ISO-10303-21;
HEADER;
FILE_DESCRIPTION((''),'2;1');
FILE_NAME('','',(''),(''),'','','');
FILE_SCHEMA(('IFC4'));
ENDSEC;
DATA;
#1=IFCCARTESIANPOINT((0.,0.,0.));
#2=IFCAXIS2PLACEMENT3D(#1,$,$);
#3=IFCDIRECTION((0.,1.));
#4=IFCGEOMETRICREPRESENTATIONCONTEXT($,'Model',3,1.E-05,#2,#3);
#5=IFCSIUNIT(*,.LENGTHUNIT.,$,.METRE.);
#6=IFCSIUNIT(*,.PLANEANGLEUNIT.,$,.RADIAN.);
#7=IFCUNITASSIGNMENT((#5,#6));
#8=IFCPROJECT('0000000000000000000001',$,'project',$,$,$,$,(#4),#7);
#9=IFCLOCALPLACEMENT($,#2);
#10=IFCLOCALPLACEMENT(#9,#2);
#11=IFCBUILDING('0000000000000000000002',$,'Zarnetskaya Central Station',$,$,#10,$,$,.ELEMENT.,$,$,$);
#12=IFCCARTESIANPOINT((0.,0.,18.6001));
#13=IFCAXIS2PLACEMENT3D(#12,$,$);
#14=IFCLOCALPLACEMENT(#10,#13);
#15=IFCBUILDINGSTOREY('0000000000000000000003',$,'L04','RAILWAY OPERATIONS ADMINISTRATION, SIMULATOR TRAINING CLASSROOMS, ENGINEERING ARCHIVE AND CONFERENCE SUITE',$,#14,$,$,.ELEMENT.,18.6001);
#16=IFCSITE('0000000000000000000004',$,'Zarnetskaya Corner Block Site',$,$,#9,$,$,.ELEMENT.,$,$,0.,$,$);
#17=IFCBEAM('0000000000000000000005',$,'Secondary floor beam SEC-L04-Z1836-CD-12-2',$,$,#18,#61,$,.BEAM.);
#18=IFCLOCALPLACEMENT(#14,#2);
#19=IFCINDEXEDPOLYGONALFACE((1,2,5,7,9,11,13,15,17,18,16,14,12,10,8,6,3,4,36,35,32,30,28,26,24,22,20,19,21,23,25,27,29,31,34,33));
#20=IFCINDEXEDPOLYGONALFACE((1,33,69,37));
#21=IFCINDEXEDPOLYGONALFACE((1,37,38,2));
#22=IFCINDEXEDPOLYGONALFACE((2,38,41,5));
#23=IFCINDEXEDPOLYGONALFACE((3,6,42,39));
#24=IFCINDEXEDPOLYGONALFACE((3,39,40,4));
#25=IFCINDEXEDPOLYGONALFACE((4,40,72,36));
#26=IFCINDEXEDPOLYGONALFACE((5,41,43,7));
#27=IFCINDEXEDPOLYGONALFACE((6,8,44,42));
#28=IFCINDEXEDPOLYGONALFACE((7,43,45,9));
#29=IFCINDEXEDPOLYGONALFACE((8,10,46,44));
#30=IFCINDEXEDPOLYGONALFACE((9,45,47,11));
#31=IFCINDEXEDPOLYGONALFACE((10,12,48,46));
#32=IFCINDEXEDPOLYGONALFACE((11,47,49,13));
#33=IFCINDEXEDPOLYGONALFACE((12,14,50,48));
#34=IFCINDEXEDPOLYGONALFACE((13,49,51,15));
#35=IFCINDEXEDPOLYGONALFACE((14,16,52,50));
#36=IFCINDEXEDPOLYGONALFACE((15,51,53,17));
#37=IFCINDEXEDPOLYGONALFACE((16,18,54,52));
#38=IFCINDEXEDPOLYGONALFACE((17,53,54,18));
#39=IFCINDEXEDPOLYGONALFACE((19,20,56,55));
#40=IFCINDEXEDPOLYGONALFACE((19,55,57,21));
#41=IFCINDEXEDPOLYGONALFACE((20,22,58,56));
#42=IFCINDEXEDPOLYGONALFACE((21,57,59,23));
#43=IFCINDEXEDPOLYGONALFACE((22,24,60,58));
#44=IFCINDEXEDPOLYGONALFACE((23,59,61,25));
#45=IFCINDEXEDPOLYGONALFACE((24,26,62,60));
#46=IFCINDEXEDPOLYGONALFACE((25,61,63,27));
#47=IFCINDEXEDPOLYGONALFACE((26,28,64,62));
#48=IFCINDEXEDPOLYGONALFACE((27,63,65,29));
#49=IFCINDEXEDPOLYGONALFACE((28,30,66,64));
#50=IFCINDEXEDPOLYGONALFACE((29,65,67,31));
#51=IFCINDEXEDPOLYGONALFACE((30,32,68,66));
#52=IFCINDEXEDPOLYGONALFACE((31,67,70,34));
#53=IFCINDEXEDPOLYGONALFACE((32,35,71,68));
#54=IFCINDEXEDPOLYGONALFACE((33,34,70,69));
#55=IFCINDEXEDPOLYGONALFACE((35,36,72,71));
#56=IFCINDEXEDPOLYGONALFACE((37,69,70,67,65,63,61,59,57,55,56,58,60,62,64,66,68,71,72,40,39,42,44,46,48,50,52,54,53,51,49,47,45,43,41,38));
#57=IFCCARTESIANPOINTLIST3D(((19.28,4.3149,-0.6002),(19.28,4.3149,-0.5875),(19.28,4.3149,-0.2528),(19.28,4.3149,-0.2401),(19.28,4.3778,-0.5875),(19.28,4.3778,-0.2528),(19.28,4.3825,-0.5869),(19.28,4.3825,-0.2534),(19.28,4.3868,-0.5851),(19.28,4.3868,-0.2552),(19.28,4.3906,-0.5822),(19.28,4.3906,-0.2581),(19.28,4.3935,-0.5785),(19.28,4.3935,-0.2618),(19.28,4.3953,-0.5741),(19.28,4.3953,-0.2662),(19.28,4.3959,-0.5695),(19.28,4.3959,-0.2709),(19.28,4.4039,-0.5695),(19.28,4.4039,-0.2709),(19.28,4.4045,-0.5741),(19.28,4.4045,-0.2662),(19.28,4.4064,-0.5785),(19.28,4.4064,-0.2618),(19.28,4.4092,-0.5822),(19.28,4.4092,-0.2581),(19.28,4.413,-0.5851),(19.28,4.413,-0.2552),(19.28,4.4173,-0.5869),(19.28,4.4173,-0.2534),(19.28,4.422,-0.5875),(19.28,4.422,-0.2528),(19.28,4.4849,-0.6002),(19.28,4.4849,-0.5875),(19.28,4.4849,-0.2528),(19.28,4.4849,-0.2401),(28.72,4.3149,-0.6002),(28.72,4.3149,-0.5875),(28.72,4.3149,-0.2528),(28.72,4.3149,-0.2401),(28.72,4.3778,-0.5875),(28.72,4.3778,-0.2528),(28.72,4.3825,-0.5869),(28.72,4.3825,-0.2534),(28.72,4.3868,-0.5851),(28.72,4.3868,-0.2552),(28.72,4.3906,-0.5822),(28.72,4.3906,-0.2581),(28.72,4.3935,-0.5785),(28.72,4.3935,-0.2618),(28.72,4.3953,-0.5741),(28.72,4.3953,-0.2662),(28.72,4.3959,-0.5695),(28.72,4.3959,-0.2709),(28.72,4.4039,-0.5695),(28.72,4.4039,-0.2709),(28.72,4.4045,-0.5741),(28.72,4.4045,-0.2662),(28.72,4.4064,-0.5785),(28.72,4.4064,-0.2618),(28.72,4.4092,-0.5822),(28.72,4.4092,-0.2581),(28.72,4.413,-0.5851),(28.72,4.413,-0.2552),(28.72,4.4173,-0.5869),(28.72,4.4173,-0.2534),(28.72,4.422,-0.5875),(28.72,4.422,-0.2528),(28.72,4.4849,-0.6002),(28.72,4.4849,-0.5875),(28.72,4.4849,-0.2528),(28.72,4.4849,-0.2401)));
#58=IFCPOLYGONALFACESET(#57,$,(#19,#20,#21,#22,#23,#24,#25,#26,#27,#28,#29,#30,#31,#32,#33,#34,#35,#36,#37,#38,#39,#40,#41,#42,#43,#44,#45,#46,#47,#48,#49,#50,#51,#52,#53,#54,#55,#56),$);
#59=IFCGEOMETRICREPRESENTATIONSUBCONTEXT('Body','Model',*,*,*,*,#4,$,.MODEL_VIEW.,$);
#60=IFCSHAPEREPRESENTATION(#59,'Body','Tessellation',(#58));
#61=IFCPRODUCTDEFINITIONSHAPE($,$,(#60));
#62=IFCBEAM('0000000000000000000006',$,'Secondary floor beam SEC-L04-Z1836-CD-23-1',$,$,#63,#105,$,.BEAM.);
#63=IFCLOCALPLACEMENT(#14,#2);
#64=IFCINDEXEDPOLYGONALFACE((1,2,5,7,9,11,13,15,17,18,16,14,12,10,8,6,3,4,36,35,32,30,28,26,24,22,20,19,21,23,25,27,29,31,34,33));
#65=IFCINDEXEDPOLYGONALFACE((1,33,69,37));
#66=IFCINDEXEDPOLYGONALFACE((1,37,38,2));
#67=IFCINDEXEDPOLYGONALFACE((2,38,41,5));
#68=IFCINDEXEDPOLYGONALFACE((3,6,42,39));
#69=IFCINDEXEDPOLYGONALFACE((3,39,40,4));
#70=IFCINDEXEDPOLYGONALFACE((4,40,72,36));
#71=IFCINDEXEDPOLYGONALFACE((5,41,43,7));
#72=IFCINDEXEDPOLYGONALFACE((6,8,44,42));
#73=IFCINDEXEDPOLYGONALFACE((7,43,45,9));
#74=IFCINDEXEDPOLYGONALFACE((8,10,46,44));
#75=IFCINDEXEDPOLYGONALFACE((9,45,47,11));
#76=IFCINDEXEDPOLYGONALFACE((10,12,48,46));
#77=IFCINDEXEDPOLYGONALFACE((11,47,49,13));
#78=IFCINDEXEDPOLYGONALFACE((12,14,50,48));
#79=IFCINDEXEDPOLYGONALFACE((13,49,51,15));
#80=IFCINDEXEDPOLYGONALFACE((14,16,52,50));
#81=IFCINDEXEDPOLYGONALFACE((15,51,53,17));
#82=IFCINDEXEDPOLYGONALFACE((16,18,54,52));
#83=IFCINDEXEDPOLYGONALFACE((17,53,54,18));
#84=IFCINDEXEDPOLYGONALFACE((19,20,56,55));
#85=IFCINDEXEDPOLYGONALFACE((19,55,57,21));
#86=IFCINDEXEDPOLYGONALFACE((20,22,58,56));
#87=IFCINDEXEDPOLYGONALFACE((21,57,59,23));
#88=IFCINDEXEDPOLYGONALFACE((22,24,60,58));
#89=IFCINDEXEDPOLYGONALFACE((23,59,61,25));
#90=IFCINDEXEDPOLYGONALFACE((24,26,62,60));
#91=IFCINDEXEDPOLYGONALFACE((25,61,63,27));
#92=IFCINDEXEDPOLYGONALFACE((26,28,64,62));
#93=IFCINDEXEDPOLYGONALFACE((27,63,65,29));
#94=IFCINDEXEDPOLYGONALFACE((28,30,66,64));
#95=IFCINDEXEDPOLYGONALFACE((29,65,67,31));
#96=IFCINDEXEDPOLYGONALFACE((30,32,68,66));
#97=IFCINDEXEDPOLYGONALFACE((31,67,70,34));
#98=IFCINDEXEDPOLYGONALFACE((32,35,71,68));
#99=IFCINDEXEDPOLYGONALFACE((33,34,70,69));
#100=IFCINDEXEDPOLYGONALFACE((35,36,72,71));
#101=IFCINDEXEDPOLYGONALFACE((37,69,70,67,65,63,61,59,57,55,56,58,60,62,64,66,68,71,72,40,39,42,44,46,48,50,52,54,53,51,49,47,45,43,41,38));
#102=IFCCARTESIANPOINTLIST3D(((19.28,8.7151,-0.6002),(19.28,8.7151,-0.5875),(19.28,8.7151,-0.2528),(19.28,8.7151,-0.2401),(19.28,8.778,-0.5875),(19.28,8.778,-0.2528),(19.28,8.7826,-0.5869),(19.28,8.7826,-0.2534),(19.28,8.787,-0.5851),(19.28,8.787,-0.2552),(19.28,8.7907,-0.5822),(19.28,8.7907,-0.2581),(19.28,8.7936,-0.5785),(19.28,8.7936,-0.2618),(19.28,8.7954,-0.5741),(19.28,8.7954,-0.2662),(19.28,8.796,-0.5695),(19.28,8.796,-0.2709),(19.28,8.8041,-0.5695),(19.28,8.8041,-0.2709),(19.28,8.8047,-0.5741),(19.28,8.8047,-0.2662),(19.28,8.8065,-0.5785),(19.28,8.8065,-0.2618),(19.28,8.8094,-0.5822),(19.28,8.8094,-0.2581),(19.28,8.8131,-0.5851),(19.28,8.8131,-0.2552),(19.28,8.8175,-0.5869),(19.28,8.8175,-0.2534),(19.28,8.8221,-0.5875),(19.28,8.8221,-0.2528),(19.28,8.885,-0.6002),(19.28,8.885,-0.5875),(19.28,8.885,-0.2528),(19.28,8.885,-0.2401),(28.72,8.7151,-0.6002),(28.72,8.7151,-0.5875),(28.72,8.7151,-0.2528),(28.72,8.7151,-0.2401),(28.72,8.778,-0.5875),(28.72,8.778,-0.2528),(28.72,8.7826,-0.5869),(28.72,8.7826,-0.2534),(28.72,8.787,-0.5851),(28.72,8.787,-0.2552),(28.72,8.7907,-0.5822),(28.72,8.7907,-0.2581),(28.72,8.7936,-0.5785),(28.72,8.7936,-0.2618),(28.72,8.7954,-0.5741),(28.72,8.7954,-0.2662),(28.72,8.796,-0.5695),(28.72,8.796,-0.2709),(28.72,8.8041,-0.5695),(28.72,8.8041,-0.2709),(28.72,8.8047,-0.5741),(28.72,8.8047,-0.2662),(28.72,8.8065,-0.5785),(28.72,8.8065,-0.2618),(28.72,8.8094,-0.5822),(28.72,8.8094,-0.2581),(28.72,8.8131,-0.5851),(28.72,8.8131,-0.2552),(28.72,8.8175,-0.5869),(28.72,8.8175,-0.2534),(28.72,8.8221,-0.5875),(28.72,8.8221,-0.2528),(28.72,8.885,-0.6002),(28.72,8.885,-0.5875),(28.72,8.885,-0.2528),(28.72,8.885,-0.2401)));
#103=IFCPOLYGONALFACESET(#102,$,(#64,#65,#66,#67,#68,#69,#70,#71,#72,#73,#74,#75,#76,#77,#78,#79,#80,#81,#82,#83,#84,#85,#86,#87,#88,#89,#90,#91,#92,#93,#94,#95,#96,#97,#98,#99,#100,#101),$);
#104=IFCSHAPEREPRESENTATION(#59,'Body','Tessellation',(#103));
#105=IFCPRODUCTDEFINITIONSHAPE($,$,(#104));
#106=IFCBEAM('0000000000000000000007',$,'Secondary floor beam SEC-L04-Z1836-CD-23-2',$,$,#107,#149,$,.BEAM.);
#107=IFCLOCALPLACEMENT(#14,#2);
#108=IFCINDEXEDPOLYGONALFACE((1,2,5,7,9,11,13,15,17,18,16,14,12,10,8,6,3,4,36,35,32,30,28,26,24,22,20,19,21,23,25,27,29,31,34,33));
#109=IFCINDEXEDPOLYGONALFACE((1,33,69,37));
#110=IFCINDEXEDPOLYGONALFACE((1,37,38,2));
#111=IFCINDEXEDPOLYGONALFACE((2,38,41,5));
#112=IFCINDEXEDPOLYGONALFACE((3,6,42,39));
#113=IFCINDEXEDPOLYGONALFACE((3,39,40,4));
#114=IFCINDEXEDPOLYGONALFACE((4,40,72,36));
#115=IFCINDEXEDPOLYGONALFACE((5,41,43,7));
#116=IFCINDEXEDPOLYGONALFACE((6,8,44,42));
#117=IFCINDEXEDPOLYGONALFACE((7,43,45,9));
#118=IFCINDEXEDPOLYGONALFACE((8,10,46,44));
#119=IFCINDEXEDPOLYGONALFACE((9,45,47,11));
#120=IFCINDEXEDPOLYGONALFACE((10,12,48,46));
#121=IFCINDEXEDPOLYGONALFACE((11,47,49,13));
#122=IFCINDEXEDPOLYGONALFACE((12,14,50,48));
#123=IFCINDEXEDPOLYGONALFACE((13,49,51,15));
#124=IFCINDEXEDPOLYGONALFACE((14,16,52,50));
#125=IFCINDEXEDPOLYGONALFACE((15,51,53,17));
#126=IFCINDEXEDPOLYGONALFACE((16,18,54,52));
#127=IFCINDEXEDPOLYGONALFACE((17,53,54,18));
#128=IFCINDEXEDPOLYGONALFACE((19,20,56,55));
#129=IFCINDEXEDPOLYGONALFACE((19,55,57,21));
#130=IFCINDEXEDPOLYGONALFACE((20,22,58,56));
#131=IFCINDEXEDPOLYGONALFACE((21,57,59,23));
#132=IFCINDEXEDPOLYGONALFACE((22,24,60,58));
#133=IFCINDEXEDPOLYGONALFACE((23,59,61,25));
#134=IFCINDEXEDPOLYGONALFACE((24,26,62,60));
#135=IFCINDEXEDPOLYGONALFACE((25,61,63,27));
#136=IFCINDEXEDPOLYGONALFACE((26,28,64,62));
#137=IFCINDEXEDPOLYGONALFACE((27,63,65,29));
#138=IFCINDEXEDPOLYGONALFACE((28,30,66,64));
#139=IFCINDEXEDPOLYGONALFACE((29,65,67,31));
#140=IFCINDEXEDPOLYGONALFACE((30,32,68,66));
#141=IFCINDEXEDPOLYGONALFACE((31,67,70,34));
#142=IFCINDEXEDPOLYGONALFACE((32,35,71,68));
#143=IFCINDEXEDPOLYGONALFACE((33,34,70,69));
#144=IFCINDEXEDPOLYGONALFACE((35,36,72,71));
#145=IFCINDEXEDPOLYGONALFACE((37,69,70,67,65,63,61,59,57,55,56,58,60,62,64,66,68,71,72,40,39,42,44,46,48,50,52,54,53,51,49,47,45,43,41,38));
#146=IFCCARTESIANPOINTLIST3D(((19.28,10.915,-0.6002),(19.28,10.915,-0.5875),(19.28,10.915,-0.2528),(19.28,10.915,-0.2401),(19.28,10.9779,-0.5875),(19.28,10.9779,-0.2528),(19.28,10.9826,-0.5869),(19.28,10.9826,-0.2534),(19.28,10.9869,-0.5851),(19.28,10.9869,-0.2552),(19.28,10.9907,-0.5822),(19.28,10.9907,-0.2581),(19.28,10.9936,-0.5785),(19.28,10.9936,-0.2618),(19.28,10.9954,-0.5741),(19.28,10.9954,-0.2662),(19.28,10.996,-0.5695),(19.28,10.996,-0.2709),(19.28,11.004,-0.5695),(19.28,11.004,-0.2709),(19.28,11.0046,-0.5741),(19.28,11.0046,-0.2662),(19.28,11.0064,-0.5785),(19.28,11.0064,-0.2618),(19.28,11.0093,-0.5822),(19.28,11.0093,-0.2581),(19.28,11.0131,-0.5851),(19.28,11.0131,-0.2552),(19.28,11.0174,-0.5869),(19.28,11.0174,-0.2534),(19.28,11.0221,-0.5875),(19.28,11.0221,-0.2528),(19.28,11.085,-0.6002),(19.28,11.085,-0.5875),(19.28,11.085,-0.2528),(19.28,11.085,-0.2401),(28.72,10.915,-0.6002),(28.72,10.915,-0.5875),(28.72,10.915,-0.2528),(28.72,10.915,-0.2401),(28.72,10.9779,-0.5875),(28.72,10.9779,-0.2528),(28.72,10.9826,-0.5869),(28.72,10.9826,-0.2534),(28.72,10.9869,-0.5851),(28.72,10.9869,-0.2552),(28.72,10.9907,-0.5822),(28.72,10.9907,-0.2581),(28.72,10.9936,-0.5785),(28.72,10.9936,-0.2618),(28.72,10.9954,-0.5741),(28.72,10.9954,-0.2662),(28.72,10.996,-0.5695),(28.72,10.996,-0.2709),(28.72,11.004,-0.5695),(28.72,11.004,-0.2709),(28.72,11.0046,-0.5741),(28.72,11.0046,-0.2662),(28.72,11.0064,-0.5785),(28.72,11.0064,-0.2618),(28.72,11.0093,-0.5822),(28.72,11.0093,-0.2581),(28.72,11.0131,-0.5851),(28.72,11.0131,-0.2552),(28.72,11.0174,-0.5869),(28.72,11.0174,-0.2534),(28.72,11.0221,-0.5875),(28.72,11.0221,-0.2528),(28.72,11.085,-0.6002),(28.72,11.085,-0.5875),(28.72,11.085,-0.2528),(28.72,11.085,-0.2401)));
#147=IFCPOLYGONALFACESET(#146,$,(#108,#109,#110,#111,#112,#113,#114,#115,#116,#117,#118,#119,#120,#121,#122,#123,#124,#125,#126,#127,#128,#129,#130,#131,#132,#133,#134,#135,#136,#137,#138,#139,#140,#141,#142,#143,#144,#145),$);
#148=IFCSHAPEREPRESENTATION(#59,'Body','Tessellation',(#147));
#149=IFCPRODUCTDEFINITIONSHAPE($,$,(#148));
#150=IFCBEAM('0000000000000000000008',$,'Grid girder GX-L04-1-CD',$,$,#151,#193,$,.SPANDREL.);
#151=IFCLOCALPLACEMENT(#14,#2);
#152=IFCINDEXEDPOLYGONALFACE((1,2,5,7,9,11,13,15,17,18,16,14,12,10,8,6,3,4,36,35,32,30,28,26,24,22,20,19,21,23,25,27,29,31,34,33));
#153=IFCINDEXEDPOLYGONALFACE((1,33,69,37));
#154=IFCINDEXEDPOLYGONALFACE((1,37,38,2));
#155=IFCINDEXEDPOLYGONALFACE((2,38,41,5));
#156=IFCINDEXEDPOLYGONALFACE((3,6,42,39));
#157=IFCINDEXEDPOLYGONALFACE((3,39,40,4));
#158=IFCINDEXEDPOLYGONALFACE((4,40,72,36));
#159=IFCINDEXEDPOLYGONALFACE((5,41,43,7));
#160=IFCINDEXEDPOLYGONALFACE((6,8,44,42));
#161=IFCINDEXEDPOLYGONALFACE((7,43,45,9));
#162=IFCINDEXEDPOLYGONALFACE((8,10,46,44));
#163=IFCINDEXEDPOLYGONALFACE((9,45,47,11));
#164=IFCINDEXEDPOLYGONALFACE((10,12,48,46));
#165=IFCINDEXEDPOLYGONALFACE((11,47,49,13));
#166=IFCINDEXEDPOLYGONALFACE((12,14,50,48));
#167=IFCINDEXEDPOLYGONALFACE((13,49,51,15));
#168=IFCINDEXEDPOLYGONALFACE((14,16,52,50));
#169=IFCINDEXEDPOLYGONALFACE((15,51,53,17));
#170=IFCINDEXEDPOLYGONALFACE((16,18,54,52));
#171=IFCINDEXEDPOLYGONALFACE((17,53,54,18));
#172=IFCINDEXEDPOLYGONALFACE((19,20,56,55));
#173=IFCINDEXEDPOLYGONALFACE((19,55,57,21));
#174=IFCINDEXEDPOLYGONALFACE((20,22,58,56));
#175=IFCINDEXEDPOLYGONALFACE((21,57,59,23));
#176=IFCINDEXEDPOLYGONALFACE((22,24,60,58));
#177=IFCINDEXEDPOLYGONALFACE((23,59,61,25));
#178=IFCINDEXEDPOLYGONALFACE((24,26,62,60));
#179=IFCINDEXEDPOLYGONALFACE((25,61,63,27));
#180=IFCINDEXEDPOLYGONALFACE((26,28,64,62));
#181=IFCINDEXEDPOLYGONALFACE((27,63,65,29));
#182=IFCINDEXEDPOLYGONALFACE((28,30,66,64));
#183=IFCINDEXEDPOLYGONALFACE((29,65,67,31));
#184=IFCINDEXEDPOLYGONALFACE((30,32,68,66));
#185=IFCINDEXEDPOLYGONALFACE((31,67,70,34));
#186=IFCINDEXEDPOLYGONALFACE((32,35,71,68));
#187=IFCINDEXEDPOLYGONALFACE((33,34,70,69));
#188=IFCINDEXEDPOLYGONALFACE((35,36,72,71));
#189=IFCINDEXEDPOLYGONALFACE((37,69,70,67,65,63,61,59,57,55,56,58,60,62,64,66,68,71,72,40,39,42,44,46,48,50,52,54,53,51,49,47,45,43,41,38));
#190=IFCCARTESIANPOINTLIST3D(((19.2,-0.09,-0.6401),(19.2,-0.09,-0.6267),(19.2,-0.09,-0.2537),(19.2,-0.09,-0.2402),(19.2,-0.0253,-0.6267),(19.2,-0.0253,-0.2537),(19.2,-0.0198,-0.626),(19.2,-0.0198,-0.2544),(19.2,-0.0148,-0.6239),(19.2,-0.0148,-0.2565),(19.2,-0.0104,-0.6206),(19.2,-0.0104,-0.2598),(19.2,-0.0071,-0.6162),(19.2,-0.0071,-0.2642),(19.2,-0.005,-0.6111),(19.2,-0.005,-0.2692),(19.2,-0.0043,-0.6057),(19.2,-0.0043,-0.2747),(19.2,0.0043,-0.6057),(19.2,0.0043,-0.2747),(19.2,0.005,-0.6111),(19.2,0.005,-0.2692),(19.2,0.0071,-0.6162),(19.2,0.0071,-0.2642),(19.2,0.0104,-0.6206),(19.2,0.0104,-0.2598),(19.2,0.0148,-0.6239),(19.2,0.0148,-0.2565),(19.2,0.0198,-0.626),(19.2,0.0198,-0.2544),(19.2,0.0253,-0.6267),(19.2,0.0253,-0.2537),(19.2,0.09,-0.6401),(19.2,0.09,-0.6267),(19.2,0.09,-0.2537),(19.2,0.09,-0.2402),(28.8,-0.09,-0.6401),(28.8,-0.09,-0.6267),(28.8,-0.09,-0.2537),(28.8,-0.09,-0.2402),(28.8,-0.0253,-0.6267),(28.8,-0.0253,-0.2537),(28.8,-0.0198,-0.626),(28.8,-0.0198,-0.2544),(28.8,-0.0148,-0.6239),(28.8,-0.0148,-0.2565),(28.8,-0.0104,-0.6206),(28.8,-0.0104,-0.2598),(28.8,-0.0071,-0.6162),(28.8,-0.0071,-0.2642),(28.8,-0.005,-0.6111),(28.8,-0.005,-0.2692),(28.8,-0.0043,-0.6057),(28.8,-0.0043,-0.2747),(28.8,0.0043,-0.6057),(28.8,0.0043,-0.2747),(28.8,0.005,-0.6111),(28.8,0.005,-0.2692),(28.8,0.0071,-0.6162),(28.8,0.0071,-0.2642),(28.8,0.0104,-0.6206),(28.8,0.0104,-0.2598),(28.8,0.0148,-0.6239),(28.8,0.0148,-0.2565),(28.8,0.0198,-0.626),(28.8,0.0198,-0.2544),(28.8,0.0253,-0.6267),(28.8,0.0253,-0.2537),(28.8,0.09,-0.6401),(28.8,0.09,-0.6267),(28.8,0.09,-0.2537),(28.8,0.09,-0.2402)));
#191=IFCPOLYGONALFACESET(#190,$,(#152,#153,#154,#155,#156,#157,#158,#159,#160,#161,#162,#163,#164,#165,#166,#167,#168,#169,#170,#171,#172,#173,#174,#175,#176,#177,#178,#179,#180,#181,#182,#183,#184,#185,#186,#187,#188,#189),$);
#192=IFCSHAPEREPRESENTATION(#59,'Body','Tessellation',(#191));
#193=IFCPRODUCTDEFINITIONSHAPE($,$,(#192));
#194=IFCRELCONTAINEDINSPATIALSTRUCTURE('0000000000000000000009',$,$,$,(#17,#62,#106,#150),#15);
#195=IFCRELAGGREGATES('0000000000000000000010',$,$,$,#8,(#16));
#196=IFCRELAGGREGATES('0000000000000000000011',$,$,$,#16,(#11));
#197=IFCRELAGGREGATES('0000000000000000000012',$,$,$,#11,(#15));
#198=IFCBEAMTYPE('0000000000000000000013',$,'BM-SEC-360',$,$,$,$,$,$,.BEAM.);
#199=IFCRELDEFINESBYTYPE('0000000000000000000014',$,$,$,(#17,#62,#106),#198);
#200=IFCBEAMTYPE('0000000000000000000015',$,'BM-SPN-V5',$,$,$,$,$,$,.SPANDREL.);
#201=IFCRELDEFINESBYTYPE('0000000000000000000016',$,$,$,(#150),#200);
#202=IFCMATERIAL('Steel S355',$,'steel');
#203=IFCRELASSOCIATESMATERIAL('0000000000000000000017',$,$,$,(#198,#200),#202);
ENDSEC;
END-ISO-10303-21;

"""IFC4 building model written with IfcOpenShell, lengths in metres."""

from ifc_helpers import new_model, si_unit, direction, frame, origin, origin_2d, place, context, subcontext, project, spatial, i_section, extrude, material, material_profile, profile_set, type_object, element, save


model = new_model("IFC4")

# Units and contexts
model_context = context("Model", 3, precision=1e-05, world=origin(), true_north=direction((0.0, 1.0)))
body_context = subcontext(model_context, "Body", "Model", "MODEL_VIEW")
ifc_project = project(units=[si_unit("LENGTHUNIT", "METRE"), si_unit("PLANEANGLEUNIT", "RADIAN")], contexts=[model_context])

# Site, building, storey
site_placement = place(None, origin())
site = spatial("IfcSite", under=ifc_project, at=site_placement, Name="Zarnetskaya Corner Block Site", CompositionType="ELEMENT", RefElevation=0.0)
building_placement = place(site_placement, origin())
building = spatial("IfcBuilding", under=site, at=building_placement, Name="Zarnetskaya Central Station", CompositionType="ELEMENT")
storey_placement = place(building_placement, frame((0.0, 0.0, 18.6001)))
storey = spatial("IfcBuildingStorey", under=building, at=storey_placement, Name="L04", Description="RAILWAY OPERATIONS ADMINISTRATION, SIMULATOR TRAINING CLASSROOMS, ENGINEERING ARCHIVE AND CONFERENCE SUITE", CompositionType="ELEMENT", Elevation=18.6001)

# Shared definitions
ifc_material_1 = material(Name="Steel S355", Category="steel")

# Beams
ifc_material_profile_1 = material_profile(ifc_material_1, i_section(OverallWidth=0.1699, OverallDepth=0.3601, WebThickness=0.0081, FlangeThickness=0.0127, FilletRadius=0.0181, at=origin_2d()), Name="IPE 360")
ifc_profile_set_1 = profile_set([ifc_material_profile_1], Name="Steel S355")
beam_type_1 = type_object("IfcBeamType", Name="BM-SEC-360", PredefinedType="BEAM", material=ifc_profile_set_1)
for number, where, z_axis, x_axis, name in (
    (1, (19.28, 4.3999, -0.4202), (1.0, 0.0, 0.0), (0.0, 1.0, 0.0), "Secondary floor beam SEC-L04-Z1836-CD-12-2"),
    (2, (19.28, 8.8, -0.4202), (1.0, 0.0, 0.0), (0.0, 1.0, 0.0), "Secondary floor beam SEC-L04-Z1836-CD-23-1"),
    (3, (19.28, 11.0, -0.4202), (1.0, 0.0, 0.0), (0.0, 1.0, 0.0), "Secondary floor beam SEC-L04-Z1836-CD-23-2"),
):
    element("IfcBeam", number, at=place(storey_placement, frame(where, z_axis=z_axis, x_axis=x_axis)), inside=storey, type_object=beam_type_1, Name=name, PredefinedType="BEAM", context=body_context, shape_type="SweptSolid", body=[
        extrude(i_section(OverallWidth=0.1699, OverallDepth=0.3601, WebThickness=0.0081, FlangeThickness=0.0127, FilletRadius=0.0181, at=origin_2d()), origin(), (0.0, 0.0, 1.0), 9.4399),
    ])
ifc_material_profile_2 = material_profile(ifc_material_1, i_section(OverallWidth=0.1799, OverallDepth=0.3999, WebThickness=0.0085, FlangeThickness=0.0134, FilletRadius=0.021, at=origin_2d()), Name="IPE 400")
ifc_profile_set_2 = profile_set([ifc_material_profile_2], Name="Steel S355")
beam_type_2 = type_object("IfcBeamType", Name="BM-SPN-V5", PredefinedType="SPANDREL", material=ifc_profile_set_2)
beam_1_placement = place(storey_placement, frame((19.2, 0.0, -0.4402), z_axis=(1.0, 0.0, 0.0), x_axis=(0.0, 1.0, 0.0)))
element("IfcBeam", 4, at=beam_1_placement, inside=storey, type_object=beam_type_2, Name="Grid girder GX-L04-1-CD", PredefinedType="SPANDREL", context=body_context, shape_type="SweptSolid", body=[
    extrude(i_section(OverallWidth=0.1799, OverallDepth=0.3999, WebThickness=0.0085, FlangeThickness=0.0134, FilletRadius=0.021, at=origin_2d()), origin(), (0.0, 0.0, 1.0), 9.6001),
])

save(model, "model.ifc")
